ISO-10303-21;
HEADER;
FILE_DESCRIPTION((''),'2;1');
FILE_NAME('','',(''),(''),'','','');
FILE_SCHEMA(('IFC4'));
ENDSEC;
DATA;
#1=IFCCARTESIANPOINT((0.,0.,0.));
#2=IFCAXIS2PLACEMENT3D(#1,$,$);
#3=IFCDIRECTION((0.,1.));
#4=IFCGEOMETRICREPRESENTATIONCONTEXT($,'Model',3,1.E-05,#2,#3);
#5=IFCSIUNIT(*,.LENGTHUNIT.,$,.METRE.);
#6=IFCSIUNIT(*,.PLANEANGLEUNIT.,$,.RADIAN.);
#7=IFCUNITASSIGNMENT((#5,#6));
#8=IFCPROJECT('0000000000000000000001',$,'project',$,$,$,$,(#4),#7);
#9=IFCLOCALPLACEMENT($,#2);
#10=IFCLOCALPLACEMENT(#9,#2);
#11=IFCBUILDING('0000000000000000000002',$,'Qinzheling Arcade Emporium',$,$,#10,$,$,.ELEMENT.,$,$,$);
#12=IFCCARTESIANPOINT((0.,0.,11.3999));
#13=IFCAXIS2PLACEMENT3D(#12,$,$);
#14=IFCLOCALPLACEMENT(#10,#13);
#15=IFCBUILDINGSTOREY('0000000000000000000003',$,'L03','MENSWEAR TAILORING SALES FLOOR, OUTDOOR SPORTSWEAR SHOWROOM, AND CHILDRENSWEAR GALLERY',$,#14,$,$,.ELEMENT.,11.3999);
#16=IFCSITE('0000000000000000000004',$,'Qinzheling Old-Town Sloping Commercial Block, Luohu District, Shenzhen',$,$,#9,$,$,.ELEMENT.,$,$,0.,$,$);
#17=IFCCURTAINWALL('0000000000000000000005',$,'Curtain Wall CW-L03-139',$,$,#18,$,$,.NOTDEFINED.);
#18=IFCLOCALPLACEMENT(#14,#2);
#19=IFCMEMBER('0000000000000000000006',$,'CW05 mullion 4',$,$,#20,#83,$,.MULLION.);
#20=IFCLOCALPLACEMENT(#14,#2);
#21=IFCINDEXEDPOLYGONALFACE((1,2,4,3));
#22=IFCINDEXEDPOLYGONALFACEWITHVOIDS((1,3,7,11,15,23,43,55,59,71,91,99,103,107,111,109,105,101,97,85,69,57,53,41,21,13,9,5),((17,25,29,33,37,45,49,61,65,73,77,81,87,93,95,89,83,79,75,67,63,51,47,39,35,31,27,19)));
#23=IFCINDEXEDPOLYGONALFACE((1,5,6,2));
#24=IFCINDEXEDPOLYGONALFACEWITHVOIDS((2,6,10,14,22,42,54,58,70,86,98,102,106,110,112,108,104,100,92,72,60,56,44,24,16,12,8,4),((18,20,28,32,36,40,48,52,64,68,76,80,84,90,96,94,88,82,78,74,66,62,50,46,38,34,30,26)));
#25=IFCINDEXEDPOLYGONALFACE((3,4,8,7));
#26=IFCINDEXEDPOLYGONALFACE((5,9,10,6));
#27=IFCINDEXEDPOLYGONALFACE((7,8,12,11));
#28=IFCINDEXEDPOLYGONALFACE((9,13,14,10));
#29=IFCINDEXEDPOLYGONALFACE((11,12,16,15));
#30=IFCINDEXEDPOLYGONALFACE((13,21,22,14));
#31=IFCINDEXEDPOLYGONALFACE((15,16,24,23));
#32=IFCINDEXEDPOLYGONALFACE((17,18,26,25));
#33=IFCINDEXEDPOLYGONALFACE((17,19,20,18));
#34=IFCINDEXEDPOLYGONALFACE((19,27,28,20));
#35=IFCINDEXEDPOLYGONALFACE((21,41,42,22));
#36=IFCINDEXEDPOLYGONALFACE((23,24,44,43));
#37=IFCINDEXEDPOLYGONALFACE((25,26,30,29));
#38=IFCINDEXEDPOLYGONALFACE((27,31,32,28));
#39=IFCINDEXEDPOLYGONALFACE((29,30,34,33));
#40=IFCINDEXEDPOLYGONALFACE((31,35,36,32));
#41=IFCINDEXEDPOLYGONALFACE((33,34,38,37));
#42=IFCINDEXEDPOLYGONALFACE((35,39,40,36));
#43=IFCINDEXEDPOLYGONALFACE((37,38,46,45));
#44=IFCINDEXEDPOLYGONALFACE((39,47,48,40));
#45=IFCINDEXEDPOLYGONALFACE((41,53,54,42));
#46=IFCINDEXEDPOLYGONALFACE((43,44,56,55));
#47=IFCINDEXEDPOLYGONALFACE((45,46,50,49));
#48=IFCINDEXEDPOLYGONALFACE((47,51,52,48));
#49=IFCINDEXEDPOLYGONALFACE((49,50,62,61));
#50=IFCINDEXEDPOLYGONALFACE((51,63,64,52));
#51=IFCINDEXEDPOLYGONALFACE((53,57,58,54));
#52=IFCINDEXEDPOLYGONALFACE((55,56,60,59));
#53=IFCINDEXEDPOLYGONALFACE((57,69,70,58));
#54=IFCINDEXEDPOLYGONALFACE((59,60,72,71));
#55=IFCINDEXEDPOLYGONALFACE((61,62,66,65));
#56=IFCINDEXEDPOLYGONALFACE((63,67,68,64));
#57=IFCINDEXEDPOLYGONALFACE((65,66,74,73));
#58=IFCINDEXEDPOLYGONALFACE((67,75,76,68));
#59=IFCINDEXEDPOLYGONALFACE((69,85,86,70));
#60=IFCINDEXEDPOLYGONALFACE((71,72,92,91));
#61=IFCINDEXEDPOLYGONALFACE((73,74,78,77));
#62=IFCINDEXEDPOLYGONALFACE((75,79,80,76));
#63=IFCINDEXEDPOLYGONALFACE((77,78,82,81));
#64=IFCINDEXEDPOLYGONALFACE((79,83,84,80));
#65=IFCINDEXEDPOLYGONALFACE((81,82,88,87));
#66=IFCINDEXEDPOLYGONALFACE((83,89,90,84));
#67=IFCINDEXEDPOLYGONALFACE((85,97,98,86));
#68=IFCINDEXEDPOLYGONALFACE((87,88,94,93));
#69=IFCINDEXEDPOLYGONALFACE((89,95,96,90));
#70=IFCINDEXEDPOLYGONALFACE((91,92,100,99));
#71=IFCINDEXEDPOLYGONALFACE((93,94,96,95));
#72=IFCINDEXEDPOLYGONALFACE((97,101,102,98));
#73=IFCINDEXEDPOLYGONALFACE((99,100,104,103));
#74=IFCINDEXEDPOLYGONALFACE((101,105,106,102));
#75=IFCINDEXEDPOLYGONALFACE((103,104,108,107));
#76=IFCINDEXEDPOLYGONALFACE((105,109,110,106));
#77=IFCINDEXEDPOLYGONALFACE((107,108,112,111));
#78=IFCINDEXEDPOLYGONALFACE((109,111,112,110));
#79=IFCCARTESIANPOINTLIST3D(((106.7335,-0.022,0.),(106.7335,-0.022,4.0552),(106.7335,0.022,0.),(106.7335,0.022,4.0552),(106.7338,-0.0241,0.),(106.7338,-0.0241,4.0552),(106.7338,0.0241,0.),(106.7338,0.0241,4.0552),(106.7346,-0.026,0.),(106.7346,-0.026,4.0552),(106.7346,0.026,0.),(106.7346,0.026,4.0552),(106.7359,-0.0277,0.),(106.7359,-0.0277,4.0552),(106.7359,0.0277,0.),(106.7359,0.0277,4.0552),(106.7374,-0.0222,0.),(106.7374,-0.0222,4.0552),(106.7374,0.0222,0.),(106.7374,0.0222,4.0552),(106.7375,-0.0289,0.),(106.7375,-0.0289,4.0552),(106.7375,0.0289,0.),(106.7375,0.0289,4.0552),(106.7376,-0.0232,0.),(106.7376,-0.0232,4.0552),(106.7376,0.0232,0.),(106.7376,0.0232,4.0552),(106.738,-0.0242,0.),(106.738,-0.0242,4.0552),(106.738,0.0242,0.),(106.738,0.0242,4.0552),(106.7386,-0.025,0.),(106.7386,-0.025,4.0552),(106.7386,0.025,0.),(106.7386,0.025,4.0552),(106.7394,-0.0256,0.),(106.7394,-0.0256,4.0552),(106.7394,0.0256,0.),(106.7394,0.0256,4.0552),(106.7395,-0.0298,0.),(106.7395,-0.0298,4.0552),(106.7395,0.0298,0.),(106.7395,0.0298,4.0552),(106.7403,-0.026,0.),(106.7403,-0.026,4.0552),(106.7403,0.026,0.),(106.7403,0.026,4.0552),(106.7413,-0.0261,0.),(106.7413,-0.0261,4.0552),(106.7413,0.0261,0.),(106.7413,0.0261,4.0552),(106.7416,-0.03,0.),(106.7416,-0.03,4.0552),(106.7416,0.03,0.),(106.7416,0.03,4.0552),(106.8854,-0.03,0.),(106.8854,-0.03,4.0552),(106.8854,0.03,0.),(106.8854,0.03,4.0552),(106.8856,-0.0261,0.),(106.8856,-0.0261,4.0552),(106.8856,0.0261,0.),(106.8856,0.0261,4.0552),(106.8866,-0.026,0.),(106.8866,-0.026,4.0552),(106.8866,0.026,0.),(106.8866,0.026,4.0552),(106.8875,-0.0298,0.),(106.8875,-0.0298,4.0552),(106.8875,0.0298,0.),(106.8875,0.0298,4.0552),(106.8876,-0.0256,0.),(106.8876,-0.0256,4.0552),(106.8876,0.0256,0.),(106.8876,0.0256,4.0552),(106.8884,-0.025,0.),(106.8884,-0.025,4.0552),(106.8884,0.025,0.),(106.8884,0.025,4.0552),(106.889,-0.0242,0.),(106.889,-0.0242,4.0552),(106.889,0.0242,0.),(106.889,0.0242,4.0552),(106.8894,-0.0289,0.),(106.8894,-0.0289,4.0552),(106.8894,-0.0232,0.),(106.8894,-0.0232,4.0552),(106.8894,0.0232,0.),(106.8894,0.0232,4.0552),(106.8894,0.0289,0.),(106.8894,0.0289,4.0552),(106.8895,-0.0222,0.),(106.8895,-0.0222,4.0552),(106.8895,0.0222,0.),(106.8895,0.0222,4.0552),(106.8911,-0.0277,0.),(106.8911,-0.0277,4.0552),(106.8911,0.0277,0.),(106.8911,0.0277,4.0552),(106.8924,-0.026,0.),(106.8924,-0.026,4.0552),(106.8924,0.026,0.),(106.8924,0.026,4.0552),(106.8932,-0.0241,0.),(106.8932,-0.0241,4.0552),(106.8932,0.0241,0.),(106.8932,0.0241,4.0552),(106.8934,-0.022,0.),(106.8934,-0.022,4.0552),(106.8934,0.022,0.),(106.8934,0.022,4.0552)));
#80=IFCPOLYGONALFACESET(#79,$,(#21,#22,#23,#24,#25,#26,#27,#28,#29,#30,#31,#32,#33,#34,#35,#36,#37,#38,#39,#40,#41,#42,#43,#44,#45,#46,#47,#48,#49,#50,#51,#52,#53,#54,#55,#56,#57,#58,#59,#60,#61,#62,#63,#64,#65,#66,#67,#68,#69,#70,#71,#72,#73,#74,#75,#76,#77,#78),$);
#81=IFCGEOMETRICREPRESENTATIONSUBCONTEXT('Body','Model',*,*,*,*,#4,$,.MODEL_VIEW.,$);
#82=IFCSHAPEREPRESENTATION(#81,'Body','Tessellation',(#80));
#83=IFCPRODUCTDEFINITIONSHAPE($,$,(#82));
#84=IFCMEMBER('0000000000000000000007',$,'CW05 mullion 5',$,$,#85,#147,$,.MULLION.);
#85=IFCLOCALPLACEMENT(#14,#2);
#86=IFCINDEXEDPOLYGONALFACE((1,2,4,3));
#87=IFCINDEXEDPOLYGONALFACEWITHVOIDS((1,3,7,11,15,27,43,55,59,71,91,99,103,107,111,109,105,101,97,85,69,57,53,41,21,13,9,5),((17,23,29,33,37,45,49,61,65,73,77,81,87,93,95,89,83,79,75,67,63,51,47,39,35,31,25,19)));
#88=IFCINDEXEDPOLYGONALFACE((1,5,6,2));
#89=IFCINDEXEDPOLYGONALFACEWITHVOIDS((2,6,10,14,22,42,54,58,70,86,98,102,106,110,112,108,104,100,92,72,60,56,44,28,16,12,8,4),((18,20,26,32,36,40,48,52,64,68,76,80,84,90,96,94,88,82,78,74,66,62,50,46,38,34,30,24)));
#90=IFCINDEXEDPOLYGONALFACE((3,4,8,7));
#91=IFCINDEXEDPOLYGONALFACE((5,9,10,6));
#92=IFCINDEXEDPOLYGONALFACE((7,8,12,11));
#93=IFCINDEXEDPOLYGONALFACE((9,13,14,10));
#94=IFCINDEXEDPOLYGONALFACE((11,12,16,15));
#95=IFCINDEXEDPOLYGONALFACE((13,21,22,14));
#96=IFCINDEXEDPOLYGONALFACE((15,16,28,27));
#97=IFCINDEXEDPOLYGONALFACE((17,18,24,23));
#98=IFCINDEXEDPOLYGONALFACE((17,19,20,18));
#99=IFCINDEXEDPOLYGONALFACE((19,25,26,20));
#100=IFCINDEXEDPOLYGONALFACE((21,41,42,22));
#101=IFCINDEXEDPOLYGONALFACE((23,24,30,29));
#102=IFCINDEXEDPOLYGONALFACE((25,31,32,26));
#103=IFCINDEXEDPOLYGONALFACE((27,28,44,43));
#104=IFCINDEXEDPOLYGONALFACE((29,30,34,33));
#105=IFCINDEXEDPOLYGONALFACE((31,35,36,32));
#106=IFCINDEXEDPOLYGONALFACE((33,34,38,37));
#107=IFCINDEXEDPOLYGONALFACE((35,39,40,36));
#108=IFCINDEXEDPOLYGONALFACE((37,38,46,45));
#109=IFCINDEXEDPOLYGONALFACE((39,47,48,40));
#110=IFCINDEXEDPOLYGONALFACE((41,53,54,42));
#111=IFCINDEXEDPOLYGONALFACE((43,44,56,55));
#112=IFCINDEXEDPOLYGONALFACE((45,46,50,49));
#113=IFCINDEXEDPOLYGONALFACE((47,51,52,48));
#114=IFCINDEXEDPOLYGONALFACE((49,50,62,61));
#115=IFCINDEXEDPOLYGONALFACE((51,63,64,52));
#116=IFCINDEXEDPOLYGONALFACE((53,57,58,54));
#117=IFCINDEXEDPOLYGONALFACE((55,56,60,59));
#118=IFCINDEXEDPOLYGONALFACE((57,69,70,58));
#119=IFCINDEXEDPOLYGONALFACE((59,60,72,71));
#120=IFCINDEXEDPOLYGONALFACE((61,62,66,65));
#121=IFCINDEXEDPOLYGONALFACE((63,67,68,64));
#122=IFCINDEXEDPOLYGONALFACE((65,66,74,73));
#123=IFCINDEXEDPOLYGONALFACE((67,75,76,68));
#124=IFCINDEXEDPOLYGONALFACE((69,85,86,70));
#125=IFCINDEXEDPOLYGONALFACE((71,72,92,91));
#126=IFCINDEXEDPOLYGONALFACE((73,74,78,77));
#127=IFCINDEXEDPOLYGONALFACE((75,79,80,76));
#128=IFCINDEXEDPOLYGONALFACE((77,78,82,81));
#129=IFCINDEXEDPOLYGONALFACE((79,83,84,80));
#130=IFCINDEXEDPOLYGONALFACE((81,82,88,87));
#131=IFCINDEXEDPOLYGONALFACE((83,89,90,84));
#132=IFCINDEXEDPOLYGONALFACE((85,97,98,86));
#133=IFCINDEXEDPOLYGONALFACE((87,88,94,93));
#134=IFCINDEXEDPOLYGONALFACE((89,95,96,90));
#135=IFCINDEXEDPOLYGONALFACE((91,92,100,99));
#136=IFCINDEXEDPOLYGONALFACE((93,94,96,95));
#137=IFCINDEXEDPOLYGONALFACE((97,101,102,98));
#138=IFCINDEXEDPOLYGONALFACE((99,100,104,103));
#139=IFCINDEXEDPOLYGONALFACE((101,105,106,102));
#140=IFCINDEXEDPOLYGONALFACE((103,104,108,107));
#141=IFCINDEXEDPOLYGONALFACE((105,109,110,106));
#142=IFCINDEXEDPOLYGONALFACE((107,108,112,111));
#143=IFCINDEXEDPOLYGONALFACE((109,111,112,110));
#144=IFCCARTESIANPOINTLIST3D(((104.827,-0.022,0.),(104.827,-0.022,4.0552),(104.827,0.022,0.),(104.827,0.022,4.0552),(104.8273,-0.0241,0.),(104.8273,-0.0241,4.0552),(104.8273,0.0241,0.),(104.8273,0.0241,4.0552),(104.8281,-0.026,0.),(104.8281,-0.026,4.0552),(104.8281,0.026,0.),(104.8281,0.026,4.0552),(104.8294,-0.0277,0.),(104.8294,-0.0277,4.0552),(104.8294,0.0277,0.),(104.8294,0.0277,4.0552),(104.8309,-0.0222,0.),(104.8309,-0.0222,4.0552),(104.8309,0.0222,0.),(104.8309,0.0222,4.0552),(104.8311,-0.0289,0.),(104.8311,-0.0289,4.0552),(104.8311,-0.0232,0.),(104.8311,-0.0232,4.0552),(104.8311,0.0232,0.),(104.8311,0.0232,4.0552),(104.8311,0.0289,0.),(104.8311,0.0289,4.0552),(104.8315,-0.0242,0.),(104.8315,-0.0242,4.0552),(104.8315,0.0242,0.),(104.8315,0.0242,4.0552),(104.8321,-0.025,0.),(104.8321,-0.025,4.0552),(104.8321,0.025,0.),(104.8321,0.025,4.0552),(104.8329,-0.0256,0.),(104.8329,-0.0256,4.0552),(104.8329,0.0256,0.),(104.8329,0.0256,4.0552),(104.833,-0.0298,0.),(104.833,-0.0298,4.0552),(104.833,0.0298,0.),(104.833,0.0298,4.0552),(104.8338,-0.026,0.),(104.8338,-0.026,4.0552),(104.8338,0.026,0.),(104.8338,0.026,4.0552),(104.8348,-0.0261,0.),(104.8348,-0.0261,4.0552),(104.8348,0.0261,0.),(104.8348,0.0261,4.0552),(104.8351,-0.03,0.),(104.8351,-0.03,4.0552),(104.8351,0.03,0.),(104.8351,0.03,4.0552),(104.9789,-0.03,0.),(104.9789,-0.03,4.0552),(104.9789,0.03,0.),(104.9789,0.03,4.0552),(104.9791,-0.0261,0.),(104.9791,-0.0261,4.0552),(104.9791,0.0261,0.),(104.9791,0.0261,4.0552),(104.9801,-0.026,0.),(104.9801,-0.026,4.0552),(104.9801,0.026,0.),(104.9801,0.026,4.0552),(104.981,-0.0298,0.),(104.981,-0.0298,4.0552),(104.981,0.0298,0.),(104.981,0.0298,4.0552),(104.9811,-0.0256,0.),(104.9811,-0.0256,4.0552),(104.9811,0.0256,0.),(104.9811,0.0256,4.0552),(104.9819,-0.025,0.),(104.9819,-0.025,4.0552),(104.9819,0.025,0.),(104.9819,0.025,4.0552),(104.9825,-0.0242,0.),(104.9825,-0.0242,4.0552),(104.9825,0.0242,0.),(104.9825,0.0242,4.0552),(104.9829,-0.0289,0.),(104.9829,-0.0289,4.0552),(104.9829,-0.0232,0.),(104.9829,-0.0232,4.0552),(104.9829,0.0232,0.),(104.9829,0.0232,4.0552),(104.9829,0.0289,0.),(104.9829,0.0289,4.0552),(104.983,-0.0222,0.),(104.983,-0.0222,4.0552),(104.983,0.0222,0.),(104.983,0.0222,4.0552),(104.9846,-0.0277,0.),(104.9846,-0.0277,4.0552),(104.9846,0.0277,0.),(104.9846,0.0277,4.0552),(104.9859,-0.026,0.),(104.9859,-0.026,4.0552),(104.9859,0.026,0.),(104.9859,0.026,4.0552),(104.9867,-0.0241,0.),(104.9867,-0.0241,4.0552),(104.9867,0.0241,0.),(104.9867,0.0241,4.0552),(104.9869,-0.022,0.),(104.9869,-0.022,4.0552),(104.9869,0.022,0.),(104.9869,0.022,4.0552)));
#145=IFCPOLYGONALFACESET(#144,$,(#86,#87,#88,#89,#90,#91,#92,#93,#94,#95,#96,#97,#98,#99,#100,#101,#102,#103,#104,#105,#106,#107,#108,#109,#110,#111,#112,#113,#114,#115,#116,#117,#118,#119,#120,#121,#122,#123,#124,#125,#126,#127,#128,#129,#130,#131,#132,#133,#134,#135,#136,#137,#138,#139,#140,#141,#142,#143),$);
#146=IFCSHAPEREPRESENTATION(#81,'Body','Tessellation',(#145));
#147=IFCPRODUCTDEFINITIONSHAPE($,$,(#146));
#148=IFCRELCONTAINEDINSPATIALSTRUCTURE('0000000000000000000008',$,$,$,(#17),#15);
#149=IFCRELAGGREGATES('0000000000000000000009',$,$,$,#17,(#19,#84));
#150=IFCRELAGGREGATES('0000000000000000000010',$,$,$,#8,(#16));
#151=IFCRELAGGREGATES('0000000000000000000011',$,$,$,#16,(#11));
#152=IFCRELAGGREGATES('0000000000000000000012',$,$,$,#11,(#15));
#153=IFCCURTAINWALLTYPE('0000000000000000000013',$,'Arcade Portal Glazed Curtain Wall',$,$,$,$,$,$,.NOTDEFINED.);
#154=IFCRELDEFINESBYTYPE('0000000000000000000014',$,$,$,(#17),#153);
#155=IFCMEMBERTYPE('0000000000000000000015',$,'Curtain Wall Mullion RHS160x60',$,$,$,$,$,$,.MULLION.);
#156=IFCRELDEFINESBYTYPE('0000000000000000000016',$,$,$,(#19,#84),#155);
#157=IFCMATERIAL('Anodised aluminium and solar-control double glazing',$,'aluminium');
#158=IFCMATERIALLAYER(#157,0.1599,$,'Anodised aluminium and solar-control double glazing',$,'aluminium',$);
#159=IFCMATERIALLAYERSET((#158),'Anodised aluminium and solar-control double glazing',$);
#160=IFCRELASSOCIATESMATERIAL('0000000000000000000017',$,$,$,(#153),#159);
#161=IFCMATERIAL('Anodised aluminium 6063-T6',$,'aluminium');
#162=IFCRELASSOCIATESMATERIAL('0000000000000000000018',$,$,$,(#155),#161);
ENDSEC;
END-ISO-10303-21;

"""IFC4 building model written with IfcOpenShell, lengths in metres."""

from ifc_helpers import new_model, si_unit, direction, frame, origin, origin_2d, place, context, subcontext, project, spatial, hollow_rectangle, extrude, material, layer, layer_set, material_profile, profile_set, type_object, element, aggregate, save


model = new_model("IFC4")

# Units and contexts
model_context = context("Model", 3, precision=1e-05, world=origin(), true_north=direction((0.0, 1.0)))
body_context = subcontext(model_context, "Body", "Model", "MODEL_VIEW")
ifc_project = project(units=[si_unit("LENGTHUNIT", "METRE"), si_unit("PLANEANGLEUNIT", "RADIAN")], contexts=[model_context])

# Site, building, storey
site_placement = place(None, origin())
site = spatial("IfcSite", under=ifc_project, at=site_placement, Name="Qinzheling Old-Town Sloping Commercial Block, Luohu District, Shenzhen", CompositionType="ELEMENT", RefElevation=0.0)
building_placement = place(site_placement, origin())
building = spatial("IfcBuilding", under=site, at=building_placement, Name="Qinzheling Arcade Emporium", CompositionType="ELEMENT")
storey_placement = place(building_placement, frame((0.0, 0.0, 11.3999)))
storey = spatial("IfcBuildingStorey", under=building, at=storey_placement, Name="L03", Description="MENSWEAR TAILORING SALES FLOOR, OUTDOOR SPORTSWEAR SHOWROOM, AND CHILDRENSWEAR GALLERY", CompositionType="ELEMENT", Elevation=11.3999)

# Curtain wall, members
ifc_material_1 = material(Name="Anodised aluminium and solar-control double glazing", Category="aluminium")
ifc_layer_1 = layer(ifc_material_1, 0.1599, Name="Anodised aluminium and solar-control double glazing", Category="aluminium")
ifc_layer_set_1 = layer_set([ifc_layer_1], Name="Anodised aluminium and solar-control double glazing")
curtain_wall_type = type_object("IfcCurtainWallType", Name="Arcade Portal Glazed Curtain Wall", PredefinedType="NOTDEFINED", material=ifc_layer_set_1)
curtain_wall_placement = place(storey_placement, origin())
curtain_wall = element("IfcCurtainWall", 1, at=curtain_wall_placement, inside=storey, type_object=curtain_wall_type, Name="Curtain Wall CW-L03-139", PredefinedType="NOTDEFINED")
ifc_material_2 = material(Name="Anodised aluminium 6063-T6", Category="aluminium")
ifc_material_profile_1 = material_profile(ifc_material_2, hollow_rectangle(XDim=0.0601, YDim=0.1599, WallThickness=0.0039, InnerFilletRadius=0.0039, OuterFilletRadius=0.0081, at=origin_2d()), Name="RHS 160x60x4", Category="aluminium")
ifc_profile_set_1 = profile_set([ifc_material_profile_1], Name="Anodised aluminium 6063-T6")
member_type_1 = type_object("IfcMemberType", Name="Curtain Wall Mullion RHS160x60", PredefinedType="MULLION", material=ifc_profile_set_1)
member_1_placement = place(storey_placement, frame((106.8135, 0.0, 0.0), z_axis=(0.0, 0.0, 1.0), x_axis=(0.0, -1.0, 0.0)))
member_1 = element("IfcMember", 2, at=member_1_placement, type_object=member_type_1, Name="CW05 mullion 4", PredefinedType="MULLION", context=body_context, shape_type="SweptSolid", body=[
    extrude(hollow_rectangle(XDim=0.0601, YDim=0.1599, WallThickness=0.0039, InnerFilletRadius=0.0039, OuterFilletRadius=0.0081, at=origin_2d()), origin(), (0.0, 0.0, 1.0), 4.0552),
])
member_2_placement = place(storey_placement, frame((104.907, 0.0, 0.0), z_axis=(0.0, 0.0, 1.0), x_axis=(0.0, -1.0, 0.0)))
member_2 = element("IfcMember", 3, at=member_2_placement, type_object=member_type_1, Name="CW05 mullion 5", PredefinedType="MULLION", context=body_context, shape_type="SweptSolid", body=[
    extrude(hollow_rectangle(XDim=0.0601, YDim=0.1599, WallThickness=0.0039, InnerFilletRadius=0.0039, OuterFilletRadius=0.0081, at=origin_2d()), origin(), (0.0, 0.0, 1.0), 4.0552),
])

aggregate(curtain_wall, [member_1, member_2])

save(model, "model.ifc")
